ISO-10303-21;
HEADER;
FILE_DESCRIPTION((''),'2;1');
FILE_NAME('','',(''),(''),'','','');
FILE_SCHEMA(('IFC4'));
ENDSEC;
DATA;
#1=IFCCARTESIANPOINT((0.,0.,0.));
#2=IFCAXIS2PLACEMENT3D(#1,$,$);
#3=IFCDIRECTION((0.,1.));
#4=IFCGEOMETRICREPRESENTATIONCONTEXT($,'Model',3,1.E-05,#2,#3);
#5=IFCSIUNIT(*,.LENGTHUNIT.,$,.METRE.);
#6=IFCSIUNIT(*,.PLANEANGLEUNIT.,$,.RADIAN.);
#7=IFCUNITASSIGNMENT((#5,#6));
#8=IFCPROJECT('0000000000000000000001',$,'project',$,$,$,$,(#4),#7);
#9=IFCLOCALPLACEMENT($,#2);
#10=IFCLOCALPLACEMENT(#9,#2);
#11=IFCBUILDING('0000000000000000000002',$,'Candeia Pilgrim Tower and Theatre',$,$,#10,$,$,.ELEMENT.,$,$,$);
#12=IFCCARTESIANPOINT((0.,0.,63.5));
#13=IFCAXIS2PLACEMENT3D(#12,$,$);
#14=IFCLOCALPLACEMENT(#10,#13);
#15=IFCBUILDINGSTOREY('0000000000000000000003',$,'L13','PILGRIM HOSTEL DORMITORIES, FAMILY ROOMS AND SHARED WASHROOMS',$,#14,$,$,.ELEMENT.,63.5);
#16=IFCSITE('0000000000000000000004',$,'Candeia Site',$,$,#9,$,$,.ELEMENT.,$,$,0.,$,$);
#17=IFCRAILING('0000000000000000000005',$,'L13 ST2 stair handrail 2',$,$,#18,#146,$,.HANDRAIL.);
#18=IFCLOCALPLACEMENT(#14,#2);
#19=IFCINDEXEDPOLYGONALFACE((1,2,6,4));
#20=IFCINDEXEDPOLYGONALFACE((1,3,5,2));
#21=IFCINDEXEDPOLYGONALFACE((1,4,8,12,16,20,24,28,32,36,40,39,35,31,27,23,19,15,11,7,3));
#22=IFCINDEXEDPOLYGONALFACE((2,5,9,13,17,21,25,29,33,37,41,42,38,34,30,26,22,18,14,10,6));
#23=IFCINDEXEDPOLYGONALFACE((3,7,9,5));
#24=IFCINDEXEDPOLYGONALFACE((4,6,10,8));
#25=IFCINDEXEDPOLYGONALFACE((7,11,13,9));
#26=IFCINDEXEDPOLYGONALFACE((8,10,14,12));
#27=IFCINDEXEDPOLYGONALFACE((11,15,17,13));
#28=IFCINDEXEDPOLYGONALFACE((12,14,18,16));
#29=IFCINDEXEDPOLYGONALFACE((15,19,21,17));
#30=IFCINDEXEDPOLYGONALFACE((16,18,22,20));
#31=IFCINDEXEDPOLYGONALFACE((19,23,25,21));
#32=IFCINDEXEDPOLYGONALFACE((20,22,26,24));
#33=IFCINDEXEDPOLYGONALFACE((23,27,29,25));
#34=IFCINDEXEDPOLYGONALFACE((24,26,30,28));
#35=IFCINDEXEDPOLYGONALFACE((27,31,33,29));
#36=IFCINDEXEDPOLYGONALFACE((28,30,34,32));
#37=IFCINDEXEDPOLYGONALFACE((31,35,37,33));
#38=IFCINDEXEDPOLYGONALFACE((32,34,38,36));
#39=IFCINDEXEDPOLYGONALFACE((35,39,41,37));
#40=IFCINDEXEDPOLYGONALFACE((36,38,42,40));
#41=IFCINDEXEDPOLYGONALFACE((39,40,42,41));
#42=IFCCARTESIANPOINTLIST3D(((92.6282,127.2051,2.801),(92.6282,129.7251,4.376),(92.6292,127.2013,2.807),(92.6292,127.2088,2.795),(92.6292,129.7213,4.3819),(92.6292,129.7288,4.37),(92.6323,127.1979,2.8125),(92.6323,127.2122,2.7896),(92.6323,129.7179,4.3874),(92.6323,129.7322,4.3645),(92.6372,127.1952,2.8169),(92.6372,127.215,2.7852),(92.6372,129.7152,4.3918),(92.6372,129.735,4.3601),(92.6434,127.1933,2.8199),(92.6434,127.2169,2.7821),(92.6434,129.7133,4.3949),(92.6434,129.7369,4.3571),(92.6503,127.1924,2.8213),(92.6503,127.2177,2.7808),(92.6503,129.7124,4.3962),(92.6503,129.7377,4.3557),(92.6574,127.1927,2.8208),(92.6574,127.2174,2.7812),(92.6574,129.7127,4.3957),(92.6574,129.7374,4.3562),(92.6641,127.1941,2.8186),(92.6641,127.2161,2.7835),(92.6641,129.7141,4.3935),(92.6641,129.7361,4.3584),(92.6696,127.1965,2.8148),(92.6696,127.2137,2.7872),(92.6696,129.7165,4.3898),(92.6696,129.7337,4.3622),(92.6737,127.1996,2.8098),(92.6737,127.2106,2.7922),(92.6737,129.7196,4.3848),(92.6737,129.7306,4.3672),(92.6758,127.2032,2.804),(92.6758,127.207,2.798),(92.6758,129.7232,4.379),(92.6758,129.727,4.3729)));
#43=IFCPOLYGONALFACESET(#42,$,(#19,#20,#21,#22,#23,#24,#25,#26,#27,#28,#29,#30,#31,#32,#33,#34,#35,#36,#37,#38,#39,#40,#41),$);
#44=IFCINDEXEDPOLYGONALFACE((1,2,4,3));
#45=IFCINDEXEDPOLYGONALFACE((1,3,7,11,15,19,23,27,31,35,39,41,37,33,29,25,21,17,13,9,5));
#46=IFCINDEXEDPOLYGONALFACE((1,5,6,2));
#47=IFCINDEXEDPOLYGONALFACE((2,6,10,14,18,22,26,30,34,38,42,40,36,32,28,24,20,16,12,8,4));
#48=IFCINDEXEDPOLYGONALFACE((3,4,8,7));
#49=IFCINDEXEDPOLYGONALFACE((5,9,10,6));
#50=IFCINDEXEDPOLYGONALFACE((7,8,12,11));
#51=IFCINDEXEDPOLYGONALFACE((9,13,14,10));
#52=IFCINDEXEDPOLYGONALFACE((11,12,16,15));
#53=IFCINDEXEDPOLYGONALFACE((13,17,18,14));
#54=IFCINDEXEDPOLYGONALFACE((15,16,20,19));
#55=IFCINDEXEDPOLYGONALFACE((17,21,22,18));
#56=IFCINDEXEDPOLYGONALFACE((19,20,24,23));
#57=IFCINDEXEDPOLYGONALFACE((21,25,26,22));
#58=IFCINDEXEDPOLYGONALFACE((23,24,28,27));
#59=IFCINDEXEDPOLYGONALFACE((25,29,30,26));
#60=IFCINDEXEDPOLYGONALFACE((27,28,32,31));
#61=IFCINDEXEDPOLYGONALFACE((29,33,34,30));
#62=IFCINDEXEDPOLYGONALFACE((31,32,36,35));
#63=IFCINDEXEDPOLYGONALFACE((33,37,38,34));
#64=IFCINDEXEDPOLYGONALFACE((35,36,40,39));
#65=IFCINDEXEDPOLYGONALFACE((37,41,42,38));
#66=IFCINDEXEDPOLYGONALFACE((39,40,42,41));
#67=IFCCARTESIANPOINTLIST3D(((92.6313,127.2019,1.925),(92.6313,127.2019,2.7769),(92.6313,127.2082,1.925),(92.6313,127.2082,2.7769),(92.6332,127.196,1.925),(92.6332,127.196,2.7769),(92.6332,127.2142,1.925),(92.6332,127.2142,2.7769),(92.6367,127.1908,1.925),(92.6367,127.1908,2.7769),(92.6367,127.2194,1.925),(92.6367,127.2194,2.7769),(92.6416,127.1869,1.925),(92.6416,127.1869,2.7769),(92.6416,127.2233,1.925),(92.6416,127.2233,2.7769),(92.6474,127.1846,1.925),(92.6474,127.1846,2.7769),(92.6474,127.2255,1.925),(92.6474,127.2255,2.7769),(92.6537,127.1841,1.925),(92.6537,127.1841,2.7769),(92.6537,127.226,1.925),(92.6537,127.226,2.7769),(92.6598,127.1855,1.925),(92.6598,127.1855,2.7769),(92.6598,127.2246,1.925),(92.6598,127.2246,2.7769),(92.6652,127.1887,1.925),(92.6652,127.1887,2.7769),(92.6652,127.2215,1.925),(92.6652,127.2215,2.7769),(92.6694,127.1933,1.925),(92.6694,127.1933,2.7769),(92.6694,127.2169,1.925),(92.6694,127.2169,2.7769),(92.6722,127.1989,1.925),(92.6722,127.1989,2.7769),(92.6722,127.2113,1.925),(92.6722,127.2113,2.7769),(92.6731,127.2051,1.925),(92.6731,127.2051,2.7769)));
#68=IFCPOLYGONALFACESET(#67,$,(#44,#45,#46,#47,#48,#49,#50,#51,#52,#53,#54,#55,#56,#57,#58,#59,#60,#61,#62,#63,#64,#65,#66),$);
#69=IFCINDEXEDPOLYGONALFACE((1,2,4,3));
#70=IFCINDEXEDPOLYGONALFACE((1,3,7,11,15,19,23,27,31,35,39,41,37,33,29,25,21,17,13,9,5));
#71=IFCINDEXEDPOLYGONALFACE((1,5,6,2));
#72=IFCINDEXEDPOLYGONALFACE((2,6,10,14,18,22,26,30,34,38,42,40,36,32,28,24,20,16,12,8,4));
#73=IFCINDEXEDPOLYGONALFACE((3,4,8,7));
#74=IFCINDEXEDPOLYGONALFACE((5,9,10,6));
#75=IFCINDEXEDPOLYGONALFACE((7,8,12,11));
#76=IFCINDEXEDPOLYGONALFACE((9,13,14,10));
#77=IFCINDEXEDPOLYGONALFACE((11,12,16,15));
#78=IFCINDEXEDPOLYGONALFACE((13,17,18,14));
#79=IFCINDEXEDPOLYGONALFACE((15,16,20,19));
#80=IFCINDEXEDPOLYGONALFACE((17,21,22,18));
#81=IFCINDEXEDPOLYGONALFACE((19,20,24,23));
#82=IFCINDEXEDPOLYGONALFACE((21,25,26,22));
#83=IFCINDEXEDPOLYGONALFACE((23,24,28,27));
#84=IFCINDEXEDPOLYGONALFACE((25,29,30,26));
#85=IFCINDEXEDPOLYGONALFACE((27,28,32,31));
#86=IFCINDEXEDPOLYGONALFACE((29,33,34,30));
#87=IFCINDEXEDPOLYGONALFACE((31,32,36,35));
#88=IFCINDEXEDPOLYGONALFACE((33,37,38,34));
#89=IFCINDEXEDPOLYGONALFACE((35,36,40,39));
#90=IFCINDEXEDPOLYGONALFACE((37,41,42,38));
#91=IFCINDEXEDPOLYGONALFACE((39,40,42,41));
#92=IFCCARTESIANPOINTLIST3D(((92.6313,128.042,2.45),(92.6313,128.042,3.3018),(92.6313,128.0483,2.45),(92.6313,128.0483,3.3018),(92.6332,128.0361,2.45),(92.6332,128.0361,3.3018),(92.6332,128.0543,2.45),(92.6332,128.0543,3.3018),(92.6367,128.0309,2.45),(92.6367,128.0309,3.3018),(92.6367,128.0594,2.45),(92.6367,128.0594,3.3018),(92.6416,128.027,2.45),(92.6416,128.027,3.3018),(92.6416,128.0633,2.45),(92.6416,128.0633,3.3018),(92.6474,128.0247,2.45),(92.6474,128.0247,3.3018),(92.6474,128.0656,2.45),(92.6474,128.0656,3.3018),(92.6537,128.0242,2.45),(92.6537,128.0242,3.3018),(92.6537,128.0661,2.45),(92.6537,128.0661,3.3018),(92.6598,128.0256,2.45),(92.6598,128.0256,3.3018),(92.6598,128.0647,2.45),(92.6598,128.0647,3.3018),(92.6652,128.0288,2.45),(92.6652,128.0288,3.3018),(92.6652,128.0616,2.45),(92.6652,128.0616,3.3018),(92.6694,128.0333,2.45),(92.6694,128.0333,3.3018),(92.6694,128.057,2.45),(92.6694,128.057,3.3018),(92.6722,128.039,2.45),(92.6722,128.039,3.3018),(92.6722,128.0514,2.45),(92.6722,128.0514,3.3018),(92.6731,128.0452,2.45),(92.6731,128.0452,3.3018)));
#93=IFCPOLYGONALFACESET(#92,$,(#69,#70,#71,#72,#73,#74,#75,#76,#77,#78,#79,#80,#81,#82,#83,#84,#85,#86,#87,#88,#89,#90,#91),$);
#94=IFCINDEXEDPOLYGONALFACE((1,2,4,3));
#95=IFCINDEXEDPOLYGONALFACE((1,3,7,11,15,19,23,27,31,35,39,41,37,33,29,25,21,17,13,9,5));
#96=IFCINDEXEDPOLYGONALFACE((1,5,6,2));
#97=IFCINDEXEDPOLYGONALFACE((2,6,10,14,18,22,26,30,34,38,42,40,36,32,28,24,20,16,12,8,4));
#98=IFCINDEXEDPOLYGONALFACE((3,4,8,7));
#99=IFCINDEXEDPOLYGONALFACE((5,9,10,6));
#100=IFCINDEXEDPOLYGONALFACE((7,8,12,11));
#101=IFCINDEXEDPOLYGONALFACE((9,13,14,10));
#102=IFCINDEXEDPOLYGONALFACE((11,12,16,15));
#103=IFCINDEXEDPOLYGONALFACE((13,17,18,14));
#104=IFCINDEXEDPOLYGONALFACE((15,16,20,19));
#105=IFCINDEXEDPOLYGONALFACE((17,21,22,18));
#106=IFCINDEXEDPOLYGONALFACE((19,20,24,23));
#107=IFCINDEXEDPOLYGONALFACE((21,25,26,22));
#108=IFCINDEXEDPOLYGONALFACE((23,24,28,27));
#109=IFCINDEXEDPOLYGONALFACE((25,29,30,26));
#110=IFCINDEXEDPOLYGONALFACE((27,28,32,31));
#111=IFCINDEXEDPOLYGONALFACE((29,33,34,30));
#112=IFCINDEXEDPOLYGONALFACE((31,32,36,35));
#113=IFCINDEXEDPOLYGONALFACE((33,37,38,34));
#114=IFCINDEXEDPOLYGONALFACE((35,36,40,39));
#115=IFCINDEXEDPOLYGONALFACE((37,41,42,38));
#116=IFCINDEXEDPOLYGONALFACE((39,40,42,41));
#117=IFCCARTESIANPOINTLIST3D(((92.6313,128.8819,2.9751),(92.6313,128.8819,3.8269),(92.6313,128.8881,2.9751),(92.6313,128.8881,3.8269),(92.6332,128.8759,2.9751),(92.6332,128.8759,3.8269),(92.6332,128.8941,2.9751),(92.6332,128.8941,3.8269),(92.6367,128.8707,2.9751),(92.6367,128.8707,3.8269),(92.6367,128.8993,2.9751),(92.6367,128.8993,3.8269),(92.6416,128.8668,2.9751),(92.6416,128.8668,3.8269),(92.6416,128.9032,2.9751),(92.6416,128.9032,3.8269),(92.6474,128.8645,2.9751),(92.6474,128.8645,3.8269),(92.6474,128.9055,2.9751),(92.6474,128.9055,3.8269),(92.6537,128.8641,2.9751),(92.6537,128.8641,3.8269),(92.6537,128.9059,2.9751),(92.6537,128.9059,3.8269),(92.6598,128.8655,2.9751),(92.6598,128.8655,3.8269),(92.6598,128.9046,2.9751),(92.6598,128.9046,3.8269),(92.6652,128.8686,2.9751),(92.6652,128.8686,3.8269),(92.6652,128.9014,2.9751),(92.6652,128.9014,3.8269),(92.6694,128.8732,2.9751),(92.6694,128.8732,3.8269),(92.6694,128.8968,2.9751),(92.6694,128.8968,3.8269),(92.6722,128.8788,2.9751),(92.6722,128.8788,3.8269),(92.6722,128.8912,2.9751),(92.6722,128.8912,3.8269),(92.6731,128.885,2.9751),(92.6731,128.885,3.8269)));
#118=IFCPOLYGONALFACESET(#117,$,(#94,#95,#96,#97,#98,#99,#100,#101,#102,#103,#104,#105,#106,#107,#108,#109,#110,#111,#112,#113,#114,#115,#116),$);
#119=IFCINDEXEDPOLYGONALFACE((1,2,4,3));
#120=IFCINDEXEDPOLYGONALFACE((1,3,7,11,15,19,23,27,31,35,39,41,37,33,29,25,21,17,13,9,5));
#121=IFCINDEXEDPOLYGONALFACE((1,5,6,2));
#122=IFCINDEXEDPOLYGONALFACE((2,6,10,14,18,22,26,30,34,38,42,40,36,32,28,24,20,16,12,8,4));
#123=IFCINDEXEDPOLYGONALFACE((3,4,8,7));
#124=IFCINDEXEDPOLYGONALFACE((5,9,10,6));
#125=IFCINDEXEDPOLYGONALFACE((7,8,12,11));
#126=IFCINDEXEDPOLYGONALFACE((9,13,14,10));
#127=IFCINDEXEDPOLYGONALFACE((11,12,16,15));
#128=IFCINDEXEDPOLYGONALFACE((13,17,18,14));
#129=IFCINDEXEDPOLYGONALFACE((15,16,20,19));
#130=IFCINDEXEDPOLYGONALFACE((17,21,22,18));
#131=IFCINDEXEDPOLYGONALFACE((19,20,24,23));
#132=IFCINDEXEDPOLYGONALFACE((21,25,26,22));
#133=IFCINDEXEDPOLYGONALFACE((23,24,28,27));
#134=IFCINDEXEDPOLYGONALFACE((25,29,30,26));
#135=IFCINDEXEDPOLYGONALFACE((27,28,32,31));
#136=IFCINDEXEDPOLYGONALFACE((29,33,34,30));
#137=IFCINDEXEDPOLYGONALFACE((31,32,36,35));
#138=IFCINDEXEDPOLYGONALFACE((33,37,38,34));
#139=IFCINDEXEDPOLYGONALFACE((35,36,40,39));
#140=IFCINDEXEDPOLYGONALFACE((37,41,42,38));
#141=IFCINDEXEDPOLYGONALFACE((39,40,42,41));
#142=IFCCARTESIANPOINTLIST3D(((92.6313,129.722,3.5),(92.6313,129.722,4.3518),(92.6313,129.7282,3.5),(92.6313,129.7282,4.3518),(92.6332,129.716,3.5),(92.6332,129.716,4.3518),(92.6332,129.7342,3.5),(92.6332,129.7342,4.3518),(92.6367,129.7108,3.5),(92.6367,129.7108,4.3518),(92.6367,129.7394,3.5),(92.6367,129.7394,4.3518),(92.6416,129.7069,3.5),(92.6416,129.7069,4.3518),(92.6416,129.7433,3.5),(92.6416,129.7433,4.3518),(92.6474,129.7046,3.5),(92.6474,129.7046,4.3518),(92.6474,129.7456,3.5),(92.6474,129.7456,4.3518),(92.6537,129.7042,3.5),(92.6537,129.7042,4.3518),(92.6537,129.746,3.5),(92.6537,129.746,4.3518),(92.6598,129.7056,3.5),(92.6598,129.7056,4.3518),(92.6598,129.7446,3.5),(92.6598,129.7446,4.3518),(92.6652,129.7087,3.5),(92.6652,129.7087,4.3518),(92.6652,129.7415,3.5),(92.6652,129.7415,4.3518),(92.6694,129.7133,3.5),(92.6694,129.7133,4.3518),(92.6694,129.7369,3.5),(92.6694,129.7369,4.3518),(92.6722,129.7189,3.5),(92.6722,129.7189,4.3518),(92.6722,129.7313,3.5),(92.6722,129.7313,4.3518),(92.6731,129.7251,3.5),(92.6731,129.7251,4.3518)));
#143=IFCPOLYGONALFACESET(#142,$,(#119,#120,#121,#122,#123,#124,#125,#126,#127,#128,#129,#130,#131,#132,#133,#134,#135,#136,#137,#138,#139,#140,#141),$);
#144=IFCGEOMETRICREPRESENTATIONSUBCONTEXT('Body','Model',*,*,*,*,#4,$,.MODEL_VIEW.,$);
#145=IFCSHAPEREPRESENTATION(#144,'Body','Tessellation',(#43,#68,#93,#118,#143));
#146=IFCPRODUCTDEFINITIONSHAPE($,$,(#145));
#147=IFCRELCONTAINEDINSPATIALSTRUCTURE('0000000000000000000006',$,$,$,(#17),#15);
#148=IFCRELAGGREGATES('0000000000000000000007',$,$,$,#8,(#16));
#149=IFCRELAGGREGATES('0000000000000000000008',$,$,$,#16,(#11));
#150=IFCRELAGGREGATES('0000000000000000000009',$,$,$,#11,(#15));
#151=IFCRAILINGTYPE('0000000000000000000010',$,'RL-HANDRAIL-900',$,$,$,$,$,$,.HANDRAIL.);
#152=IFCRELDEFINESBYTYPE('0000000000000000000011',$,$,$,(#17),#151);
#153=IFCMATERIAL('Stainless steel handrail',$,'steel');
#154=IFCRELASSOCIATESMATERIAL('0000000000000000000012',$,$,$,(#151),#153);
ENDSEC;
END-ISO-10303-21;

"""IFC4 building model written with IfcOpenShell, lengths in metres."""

from ifc_helpers import new_model, si_unit, direction, frame, origin, origin_2d, place, context, subcontext, project, spatial, circle, extrude, material, type_object, element, save


model = new_model("IFC4")

# Units and contexts
model_context = context("Model", 3, precision=1e-05, world=origin(), true_north=direction((0.0, 1.0)))
body_context = subcontext(model_context, "Body", "Model", "MODEL_VIEW")
ifc_project = project(units=[si_unit("LENGTHUNIT", "METRE"), si_unit("PLANEANGLEUNIT", "RADIAN")], contexts=[model_context])

# Site, building, storey
site_placement = place(None, origin())
site = spatial("IfcSite", under=ifc_project, at=site_placement, Name="Candeia Site", CompositionType="ELEMENT", RefElevation=0.0)
building_placement = place(site_placement, origin())
building = spatial("IfcBuilding", under=site, at=building_placement, Name="Candeia Pilgrim Tower and Theatre", CompositionType="ELEMENT")
storey_placement = place(building_placement, frame((0.0, 0.0, 63.5)))
storey = spatial("IfcBuildingStorey", under=building, at=storey_placement, Name="L13", Description="PILGRIM HOSTEL DORMITORIES, FAMILY ROOMS AND SHARED WASHROOMS", CompositionType="ELEMENT", Elevation=63.5)

# Railing
ifc_material_1 = material(Name="Stainless steel handrail", Category="steel")
railing_type_1 = type_object("IfcRailingType", Name="RL-HANDRAIL-900", PredefinedType="HANDRAIL", material=ifc_material_1)
railing_1_placement = place(storey_placement, frame((92.6521, 127.2051, 1.925)))
element("IfcRailing", 1, at=railing_1_placement, inside=storey, type_object=railing_type_1, Name="L13 ST2 stair handrail 2", PredefinedType="HANDRAIL", context=body_context, shape_type="SweptSolid", body=[
    extrude(circle(Radius=0.0239, at=origin_2d()), frame((0.0, 0.0, 0.876), z_axis=(0.0, 0.848008, 0.529984), x_axis=(-1.0, 0.0, 0.0)), (0.0, 0.0, 1.0), 2.9717),
    extrude(circle(Radius=0.021, at=origin_2d()), origin(), (0.0, 0.0, 1.0), 0.8518),
    extrude(circle(Radius=0.021, at=origin_2d()), frame((0.0, 0.8401, 0.5249)), (0.0, 0.0, 1.0), 0.8518),
    extrude(circle(Radius=0.021, at=origin_2d()), frame((0.0, 1.6799, 1.05)), (0.0, 0.0, 1.0), 0.8518),
    extrude(circle(Radius=0.021, at=origin_2d()), frame((0.0, 2.52, 1.575)), (0.0, 0.0, 1.0), 0.8518),
])

save(model, "model.ifc")
